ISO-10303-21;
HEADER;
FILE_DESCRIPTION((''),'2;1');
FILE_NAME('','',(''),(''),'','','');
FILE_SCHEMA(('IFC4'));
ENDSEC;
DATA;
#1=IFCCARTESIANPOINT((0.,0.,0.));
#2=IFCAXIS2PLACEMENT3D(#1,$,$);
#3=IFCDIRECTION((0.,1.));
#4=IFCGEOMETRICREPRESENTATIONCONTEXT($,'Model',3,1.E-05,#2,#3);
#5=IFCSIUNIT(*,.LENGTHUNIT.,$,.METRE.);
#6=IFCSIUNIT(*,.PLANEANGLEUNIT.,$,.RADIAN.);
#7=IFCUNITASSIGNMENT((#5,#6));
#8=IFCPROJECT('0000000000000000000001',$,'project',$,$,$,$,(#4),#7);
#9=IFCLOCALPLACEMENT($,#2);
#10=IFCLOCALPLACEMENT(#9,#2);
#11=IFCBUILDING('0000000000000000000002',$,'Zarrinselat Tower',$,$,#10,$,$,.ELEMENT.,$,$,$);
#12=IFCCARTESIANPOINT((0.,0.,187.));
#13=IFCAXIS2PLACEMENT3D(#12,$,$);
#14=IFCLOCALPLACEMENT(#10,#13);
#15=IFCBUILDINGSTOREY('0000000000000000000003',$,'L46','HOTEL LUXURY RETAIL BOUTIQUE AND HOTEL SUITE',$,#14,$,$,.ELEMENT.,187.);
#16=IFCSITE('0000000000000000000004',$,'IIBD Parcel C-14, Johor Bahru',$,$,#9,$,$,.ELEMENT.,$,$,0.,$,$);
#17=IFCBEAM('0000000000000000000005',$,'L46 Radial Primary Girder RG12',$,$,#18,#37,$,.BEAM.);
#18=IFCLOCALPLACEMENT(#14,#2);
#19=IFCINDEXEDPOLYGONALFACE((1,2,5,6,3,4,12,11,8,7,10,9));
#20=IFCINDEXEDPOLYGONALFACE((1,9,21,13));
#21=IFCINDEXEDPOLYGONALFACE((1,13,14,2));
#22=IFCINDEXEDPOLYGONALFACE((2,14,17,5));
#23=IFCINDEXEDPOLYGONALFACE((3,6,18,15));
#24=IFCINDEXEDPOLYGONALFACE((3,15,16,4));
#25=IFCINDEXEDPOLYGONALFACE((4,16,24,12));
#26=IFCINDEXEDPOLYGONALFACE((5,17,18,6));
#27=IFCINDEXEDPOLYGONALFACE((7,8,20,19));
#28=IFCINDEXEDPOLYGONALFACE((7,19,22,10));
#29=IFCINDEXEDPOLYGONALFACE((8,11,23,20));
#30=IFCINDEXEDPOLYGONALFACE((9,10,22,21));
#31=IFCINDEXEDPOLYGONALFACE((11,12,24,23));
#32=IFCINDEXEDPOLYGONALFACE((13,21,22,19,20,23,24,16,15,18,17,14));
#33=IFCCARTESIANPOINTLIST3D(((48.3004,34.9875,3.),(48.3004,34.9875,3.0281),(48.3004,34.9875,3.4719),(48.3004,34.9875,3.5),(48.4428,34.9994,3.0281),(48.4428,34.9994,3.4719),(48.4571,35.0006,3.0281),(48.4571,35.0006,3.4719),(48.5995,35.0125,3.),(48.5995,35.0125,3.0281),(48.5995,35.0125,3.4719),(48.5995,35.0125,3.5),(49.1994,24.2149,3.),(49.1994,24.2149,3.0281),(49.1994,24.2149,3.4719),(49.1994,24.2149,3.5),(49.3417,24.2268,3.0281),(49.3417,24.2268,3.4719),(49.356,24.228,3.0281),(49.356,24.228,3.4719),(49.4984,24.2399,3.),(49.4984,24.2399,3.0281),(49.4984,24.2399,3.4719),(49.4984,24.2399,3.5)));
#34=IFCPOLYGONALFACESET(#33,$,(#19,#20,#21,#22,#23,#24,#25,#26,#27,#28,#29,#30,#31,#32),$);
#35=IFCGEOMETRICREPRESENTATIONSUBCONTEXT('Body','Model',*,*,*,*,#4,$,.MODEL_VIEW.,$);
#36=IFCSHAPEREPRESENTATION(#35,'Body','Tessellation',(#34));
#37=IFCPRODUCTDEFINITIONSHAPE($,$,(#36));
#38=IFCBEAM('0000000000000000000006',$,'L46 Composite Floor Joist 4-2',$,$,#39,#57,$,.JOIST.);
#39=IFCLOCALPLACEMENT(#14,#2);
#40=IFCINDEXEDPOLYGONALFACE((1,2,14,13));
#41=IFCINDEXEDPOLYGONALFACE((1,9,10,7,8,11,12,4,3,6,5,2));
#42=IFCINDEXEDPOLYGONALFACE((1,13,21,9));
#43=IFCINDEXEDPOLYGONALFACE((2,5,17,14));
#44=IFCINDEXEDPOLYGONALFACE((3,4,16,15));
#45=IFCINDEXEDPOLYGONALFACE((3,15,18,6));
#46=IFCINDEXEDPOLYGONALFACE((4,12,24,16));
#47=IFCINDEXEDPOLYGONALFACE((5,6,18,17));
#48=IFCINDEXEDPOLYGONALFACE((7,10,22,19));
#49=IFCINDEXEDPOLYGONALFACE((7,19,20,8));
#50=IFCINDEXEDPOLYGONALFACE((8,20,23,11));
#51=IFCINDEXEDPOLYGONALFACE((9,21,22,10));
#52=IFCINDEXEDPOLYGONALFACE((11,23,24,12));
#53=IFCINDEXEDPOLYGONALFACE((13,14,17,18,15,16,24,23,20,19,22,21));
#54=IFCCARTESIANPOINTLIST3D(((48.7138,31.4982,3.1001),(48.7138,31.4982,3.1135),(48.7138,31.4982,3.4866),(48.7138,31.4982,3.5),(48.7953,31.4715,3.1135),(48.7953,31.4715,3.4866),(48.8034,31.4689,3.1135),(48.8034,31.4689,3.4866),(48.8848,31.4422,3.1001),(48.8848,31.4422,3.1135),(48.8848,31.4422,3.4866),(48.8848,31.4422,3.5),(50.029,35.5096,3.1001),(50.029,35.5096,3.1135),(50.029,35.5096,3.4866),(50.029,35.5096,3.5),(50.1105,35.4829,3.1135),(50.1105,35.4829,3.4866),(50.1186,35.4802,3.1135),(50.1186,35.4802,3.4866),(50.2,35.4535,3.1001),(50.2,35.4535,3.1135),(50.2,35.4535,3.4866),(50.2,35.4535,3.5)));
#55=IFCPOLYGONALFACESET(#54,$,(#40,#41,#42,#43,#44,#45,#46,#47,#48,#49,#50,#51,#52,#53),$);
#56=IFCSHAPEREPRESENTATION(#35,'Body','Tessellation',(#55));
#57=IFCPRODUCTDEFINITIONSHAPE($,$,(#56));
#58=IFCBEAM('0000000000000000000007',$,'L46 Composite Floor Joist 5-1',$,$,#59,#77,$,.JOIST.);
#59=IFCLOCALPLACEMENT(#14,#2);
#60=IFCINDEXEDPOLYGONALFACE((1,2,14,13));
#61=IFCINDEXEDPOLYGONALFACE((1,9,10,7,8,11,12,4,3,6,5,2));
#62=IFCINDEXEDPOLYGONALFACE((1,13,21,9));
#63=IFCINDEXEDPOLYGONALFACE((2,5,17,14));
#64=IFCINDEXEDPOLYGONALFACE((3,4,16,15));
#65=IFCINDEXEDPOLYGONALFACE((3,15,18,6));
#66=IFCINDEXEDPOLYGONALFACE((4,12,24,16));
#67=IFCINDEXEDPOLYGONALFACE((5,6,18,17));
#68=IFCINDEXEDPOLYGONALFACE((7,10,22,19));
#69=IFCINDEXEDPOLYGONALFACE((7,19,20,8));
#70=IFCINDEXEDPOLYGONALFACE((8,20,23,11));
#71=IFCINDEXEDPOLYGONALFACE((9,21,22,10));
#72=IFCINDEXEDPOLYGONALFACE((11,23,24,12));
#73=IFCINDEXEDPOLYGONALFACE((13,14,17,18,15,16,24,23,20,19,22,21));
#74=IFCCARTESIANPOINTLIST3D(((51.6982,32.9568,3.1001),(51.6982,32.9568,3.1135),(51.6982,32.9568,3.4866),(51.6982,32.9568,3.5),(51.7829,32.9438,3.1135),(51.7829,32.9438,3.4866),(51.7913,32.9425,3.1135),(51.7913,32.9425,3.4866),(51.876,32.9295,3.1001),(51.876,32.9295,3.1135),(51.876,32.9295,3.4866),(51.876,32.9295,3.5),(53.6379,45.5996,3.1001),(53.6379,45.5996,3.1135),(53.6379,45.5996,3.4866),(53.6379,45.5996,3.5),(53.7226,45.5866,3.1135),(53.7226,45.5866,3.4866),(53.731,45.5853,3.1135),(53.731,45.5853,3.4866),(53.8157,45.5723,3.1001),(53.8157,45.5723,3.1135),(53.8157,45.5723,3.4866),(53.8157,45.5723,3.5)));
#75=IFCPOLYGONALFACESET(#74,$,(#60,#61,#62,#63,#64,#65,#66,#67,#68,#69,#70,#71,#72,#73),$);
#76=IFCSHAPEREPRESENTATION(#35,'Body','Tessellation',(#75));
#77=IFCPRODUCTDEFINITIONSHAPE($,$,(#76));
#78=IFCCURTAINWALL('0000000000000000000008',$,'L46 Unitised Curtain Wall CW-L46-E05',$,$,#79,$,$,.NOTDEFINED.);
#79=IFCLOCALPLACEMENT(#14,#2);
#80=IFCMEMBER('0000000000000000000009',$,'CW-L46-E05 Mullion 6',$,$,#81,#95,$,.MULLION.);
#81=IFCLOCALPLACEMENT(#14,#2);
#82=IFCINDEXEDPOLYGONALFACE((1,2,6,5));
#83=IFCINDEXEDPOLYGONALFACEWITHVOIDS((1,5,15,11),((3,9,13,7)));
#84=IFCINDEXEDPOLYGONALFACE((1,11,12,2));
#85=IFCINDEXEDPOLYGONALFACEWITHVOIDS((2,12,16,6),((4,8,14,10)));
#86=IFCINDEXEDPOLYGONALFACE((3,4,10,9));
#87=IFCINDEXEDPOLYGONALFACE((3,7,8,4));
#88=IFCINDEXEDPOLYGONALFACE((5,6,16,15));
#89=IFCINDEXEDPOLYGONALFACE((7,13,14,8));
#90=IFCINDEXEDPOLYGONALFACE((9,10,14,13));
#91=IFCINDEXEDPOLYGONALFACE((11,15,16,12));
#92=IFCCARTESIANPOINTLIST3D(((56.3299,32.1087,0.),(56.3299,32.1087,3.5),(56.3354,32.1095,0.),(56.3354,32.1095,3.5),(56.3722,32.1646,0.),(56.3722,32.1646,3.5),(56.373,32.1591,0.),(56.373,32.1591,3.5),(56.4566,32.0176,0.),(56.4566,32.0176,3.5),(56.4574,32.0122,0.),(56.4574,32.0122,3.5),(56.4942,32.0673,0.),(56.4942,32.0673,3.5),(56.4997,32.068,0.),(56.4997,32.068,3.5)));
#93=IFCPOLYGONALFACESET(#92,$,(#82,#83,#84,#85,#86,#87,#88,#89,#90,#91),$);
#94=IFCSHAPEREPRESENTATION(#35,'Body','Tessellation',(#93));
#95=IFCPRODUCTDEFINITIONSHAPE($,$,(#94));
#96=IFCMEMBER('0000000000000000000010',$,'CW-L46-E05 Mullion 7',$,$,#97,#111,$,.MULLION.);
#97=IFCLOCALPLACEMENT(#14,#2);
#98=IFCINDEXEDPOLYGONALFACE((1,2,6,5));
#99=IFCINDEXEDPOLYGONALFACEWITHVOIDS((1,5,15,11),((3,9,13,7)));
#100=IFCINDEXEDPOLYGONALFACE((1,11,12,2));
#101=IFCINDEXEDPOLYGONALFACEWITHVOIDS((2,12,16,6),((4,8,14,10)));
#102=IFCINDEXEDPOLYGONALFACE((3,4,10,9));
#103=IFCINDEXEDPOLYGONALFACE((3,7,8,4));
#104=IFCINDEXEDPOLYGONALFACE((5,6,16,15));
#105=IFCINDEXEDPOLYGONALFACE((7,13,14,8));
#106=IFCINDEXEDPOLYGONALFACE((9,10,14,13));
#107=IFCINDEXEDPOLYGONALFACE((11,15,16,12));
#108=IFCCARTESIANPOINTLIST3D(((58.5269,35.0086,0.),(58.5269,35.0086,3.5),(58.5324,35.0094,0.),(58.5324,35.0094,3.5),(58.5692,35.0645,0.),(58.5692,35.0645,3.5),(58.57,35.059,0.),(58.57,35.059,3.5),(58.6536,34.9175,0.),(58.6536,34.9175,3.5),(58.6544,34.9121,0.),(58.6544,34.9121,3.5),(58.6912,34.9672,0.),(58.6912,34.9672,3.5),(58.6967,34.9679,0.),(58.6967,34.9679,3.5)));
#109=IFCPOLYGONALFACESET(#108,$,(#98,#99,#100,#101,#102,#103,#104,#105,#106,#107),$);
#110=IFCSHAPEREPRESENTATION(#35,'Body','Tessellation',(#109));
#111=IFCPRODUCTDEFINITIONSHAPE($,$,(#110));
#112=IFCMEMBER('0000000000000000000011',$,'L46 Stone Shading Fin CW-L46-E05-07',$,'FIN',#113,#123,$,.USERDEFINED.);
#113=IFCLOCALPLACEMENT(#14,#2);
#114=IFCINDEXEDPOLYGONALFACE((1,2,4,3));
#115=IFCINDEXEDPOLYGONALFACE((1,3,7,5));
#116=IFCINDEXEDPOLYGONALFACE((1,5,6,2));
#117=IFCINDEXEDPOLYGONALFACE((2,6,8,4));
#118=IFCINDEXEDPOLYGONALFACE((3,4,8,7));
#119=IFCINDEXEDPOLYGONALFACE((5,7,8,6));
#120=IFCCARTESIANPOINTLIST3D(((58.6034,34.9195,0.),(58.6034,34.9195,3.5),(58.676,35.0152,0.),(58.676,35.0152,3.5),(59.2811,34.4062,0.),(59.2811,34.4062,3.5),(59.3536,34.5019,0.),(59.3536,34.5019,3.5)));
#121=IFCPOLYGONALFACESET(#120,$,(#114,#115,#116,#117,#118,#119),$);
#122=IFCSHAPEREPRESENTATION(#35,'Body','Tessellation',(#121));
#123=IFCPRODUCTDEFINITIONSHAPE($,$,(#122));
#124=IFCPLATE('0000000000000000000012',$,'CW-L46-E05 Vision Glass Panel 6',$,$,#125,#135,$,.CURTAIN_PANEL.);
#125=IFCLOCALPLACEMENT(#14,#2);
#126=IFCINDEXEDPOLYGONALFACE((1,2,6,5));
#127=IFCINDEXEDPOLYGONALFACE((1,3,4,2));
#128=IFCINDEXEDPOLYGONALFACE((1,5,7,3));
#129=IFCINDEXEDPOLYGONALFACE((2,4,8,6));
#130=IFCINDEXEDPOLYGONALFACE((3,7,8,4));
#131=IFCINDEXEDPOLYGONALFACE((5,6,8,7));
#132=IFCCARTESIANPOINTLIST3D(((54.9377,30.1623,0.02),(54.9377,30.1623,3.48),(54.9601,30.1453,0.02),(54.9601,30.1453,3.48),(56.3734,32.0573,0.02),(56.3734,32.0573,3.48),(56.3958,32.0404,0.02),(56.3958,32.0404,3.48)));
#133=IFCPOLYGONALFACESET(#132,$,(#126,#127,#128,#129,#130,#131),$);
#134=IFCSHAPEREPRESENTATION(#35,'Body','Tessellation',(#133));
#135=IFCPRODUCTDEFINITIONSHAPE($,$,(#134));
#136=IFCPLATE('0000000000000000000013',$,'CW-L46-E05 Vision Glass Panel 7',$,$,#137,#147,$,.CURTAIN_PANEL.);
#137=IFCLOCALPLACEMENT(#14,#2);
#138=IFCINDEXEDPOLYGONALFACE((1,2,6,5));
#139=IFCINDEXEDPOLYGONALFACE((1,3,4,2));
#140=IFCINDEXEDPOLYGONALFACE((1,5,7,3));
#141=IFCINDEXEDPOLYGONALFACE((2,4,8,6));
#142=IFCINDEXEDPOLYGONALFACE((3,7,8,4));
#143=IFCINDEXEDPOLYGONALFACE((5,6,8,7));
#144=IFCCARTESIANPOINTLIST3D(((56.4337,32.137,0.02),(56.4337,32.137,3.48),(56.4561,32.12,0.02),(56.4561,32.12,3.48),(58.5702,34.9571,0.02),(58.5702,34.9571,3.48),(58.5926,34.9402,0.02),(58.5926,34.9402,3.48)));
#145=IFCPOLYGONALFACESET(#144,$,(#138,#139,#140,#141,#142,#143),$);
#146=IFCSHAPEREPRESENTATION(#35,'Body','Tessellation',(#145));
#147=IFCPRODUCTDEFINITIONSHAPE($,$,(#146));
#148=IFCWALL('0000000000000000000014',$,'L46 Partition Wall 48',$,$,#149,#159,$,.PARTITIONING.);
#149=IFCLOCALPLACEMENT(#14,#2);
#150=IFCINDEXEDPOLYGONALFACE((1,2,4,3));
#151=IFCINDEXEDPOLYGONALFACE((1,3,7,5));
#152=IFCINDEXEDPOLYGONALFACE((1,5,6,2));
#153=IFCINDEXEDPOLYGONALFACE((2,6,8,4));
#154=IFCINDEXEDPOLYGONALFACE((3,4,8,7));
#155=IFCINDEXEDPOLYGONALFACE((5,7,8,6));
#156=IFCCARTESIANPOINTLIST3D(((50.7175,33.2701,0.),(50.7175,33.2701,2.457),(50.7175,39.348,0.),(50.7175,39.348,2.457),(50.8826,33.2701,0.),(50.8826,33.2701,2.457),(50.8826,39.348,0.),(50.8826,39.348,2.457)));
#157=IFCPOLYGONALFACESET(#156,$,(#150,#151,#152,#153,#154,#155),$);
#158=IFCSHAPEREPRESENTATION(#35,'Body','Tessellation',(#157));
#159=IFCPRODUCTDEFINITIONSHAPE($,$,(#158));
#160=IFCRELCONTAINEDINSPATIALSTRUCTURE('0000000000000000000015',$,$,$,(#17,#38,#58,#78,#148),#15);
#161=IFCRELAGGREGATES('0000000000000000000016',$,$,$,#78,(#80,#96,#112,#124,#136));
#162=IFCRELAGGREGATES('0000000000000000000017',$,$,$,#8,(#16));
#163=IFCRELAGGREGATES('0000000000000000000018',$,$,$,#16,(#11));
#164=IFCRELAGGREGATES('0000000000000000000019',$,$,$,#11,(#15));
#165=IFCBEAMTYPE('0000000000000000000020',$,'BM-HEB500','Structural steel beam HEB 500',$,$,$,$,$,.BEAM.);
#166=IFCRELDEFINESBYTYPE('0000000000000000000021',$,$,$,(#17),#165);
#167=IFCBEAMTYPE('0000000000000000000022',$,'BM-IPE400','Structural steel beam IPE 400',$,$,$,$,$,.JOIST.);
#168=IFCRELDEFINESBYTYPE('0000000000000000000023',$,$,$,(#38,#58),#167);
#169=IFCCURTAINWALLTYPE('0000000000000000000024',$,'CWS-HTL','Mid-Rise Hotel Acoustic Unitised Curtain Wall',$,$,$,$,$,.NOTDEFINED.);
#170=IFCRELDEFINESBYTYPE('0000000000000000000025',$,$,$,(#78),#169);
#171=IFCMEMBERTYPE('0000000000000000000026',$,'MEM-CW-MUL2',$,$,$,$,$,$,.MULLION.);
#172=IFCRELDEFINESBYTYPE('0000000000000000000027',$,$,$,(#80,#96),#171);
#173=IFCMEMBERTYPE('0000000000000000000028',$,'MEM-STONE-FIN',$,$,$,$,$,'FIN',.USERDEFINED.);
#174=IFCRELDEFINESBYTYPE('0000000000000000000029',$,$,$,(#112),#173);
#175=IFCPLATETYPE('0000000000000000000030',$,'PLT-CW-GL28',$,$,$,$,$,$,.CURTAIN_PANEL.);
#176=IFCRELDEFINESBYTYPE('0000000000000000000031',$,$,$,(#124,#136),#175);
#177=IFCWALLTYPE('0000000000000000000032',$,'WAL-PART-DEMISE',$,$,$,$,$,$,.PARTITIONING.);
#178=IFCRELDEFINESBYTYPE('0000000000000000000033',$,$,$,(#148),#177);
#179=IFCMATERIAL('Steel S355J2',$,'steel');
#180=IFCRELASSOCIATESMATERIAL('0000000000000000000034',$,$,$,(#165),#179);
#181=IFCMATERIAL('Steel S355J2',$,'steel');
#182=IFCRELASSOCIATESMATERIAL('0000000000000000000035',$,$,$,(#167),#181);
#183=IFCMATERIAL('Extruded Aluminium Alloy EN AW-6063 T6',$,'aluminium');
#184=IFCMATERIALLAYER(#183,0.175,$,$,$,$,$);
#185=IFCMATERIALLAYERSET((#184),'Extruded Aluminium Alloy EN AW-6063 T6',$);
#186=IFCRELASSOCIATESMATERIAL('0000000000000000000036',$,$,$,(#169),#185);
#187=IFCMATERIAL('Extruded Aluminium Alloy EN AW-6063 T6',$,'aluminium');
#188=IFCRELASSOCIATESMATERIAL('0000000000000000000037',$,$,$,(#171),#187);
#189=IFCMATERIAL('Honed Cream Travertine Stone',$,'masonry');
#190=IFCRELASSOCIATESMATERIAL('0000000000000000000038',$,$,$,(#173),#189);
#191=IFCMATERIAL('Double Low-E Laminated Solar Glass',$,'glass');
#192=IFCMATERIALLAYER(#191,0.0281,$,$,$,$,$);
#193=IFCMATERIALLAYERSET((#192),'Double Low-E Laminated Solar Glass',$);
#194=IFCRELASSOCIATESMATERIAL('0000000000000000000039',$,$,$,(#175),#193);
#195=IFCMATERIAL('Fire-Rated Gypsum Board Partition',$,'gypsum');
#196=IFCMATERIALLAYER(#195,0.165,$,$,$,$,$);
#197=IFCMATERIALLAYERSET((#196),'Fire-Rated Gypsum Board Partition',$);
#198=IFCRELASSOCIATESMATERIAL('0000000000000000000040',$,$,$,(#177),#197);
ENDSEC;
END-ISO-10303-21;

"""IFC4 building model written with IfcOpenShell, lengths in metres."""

from ifc_helpers import new_model, si_unit, direction, frame, frame_2d, origin, origin_2d, place, context, subcontext, project, spatial, rectangle, hollow_rectangle, i_section, extrude, material, layer, layer_set, material_profile, profile_set, type_object, element, aggregate, save


model = new_model("IFC4")

# Units and contexts
model_context = context("Model", 3, precision=1e-05, world=origin(), true_north=direction((0.0, 1.0)))
body_context = subcontext(model_context, "Body", "Model", "MODEL_VIEW")
ifc_project = project(units=[si_unit("LENGTHUNIT", "METRE"), si_unit("PLANEANGLEUNIT", "RADIAN")], contexts=[model_context])

# Site, building, storey
site_placement = place(None, origin())
site = spatial("IfcSite", under=ifc_project, at=site_placement, Name="IIBD Parcel C-14, Johor Bahru", CompositionType="ELEMENT", RefElevation=0.0)
building_placement = place(site_placement, origin())
building = spatial("IfcBuilding", under=site, at=building_placement, Name="Zarrinselat Tower", CompositionType="ELEMENT")
storey_placement = place(building_placement, frame((0.0, 0.0, 187.0)))
storey = spatial("IfcBuildingStorey", under=building, at=storey_placement, Name="L46", Description="HOTEL LUXURY RETAIL BOUTIQUE AND HOTEL SUITE", CompositionType="ELEMENT", Elevation=187.0)

# Beams
ifc_material_1 = material(Name="Steel S355J2", Category="steel")
ifc_material_profile_1 = material_profile(ifc_material_1, i_section(OverallWidth=0.3, OverallDepth=0.5, WebThickness=0.0144, FlangeThickness=0.0281, at=origin_2d()), Name="HEB 500")
ifc_profile_set_1 = profile_set([ifc_material_profile_1], Name="Steel S355J2")
beam_type_1 = type_object("IfcBeamType", Name="BM-HEB500", Description="Structural steel beam HEB 500", PredefinedType="BEAM", material=ifc_profile_set_1)
beam_1_placement = place(storey_placement, frame((48.45, 35.0, 3.25), z_axis=(0.083156, -0.996537, 0.0), x_axis=(0.996537, 0.083156, 0.0)))
element("IfcBeam", 1, at=beam_1_placement, inside=storey, type_object=beam_type_1, Name="L46 Radial Primary Girder RG12", PredefinedType="BEAM", context=body_context, shape_type="SweptSolid", body=[
    extrude(i_section(OverallWidth=0.3, OverallDepth=0.5, WebThickness=0.0144, FlangeThickness=0.0281, at=origin_2d()), origin(), (0.0, 0.0, 1.0), 10.8101),
])
ifc_material_2 = material(Name="Steel S355J2", Category="steel")
ifc_material_profile_2 = material_profile(ifc_material_2, i_section(OverallWidth=0.1799, OverallDepth=0.3999, WebThickness=0.0085, FlangeThickness=0.0134, at=origin_2d()), Name="IPE 400")
ifc_profile_set_2 = profile_set([ifc_material_profile_2], Name="Steel S355J2")
beam_type_2 = type_object("IfcBeamType", Name="BM-IPE400", Description="Structural steel beam IPE 400", PredefinedType="JOIST", material=ifc_profile_set_2)
beam_2_placement = place(storey_placement, frame((48.7993, 31.4702, 3.3), z_axis=(0.311557, 0.950228, 0.0), x_axis=(-0.950228, 0.311557, 0.0)))
element("IfcBeam", 2, at=beam_2_placement, inside=storey, type_object=beam_type_2, Name="L46 Composite Floor Joist 4-2", PredefinedType="JOIST", context=body_context, shape_type="SweptSolid", body=[
    extrude(i_section(OverallWidth=0.1799, OverallDepth=0.3999, WebThickness=0.0085, FlangeThickness=0.0134, at=origin_2d()), origin(), (0.0, 0.0, 1.0), 4.2214),
])
beam_3_placement = place(storey_placement, frame((51.7871, 32.9431, 3.3), z_axis=(0.151648, 0.988435, 0.0), x_axis=(-0.988435, 0.151648, 0.0)))
element("IfcBeam", 3, at=beam_3_placement, inside=storey, type_object=beam_type_2, Name="L46 Composite Floor Joist 5-1", PredefinedType="JOIST", context=body_context, shape_type="SweptSolid", body=[
    extrude(i_section(OverallWidth=0.1799, OverallDepth=0.3999, WebThickness=0.0085, FlangeThickness=0.0134, at=origin_2d()), origin(), (0.0, 0.0, 1.0), 12.7908),
])

# Curtain wall, members, plates
ifc_material_3 = material(Name="Extruded Aluminium Alloy EN AW-6063 T6", Category="aluminium")
ifc_layer_1 = layer(ifc_material_3, 0.175)
ifc_layer_set_1 = layer_set([ifc_layer_1], Name="Extruded Aluminium Alloy EN AW-6063 T6")
curtain_wall_type = type_object("IfcCurtainWallType", Name="CWS-HTL", Description="Mid-Rise Hotel Acoustic Unitised Curtain Wall", PredefinedType="NOTDEFINED", material=ifc_layer_set_1)
curtain_wall_placement = place(storey_placement, origin())
curtain_wall = element("IfcCurtainWall", 4, at=curtain_wall_placement, inside=storey, type_object=curtain_wall_type, Name="L46 Unitised Curtain Wall CW-L46-E05", PredefinedType="NOTDEFINED")
ifc_material_4 = material(Name="Extruded Aluminium Alloy EN AW-6063 T6", Category="aluminium")
ifc_material_profile_3 = material_profile(ifc_material_4, hollow_rectangle(XDim=0.0701, YDim=0.1599, WallThickness=0.0039, at=origin_2d()), Name="RHS 160x70x4")
ifc_profile_set_3 = profile_set([ifc_material_profile_3], Name="Extruded Aluminium Alloy EN AW-6063 T6")
member_type_1 = type_object("IfcMemberType", Name="MEM-CW-MUL2", PredefinedType="MULLION", material=ifc_profile_set_3)
member_1_placement = place(storey_placement, frame((56.4148, 32.0884, 0.0), z_axis=(0.0, 0.0, 1.0), x_axis=(0.603857, 0.797093, 0.0)))
member_1 = element("IfcMember", 5, at=member_1_placement, type_object=member_type_1, Name="CW-L46-E05 Mullion 6", PredefinedType="MULLION", context=body_context, shape_type="SweptSolid", body=[
    extrude(hollow_rectangle(XDim=0.0701, YDim=0.1599, WallThickness=0.0039, at=origin_2d()), origin(), (0.0, 0.0, 1.0), 3.5),
])
member_2_placement = place(storey_placement, frame((58.6118, 34.9883, 0.0), z_axis=(0.0, 0.0, 1.0), x_axis=(0.603857, 0.797093, 0.0)))
member_2 = element("IfcMember", 6, at=member_2_placement, type_object=member_type_1, Name="CW-L46-E05 Mullion 7", PredefinedType="MULLION", context=body_context, shape_type="SweptSolid", body=[
    extrude(hollow_rectangle(XDim=0.0701, YDim=0.1599, WallThickness=0.0039, at=origin_2d()), origin(), (0.0, 0.0, 1.0), 3.5),
])
ifc_material_5 = material(Name="Honed Cream Travertine Stone", Category="masonry")
ifc_material_profile_4 = material_profile(ifc_material_5, rectangle(XDim=0.1201, YDim=0.8501, at=origin_2d()), Name="FIN 850x120")
ifc_profile_set_4 = profile_set([ifc_material_profile_4], Name="Honed Cream Travertine Stone")
member_type_2 = type_object("IfcMemberType", Name="MEM-STONE-FIN", ElementType="FIN", PredefinedType="USERDEFINED", material=ifc_profile_set_4)
member_3_placement = place(storey_placement, frame((58.9785, 34.7107, 0.0), z_axis=(0.0, 0.0, 1.0), x_axis=(-0.603857, -0.797093, 0.0)))
member_3 = element("IfcMember", 7, at=member_3_placement, type_object=member_type_2, Name="L46 Stone Shading Fin CW-L46-E05-07", ObjectType="FIN", PredefinedType="USERDEFINED", context=body_context, shape_type="SweptSolid", body=[
    extrude(rectangle(XDim=0.1201, YDim=0.8501, at=origin_2d()), origin(), (0.0, 0.0, 1.0), 3.5),
])
ifc_material_6 = material(Name="Double Low-E Laminated Solar Glass", Category="glass")
ifc_layer_2 = layer(ifc_material_6, 0.0281)
ifc_layer_set_2 = layer_set([ifc_layer_2], Name="Double Low-E Laminated Solar Glass")
plate_type = type_object("IfcPlateType", Name="PLT-CW-GL28", PredefinedType="CURTAIN_PANEL", material=ifc_layer_set_2)
plate_1_placement = place(storey_placement, frame((55.6667, 31.1013, 0.02), z_axis=(0.0, 0.0, 1.0), x_axis=(0.603857, 0.797093, 0.0)))
plate_1 = element("IfcPlate", 8, at=plate_1_placement, type_object=plate_type, Name="CW-L46-E05 Vision Glass Panel 6", PredefinedType="CURTAIN_PANEL", context=body_context, shape_type="SweptSolid", body=[
    extrude(rectangle(XDim=2.3774, YDim=0.0281, at=origin_2d()), origin(), (0.0, 0.0, 1.0), 3.46),
])
plate_2_placement = place(storey_placement, frame((57.5132, 33.5386, 0.02), z_axis=(0.0, 0.0, 1.0), x_axis=(0.603857, 0.797093, 0.0)))
plate_2 = element("IfcPlate", 9, at=plate_2_placement, type_object=plate_type, Name="CW-L46-E05 Vision Glass Panel 7", PredefinedType="CURTAIN_PANEL", context=body_context, shape_type="SweptSolid", body=[
    extrude(rectangle(XDim=3.5381, YDim=0.0281, at=origin_2d()), origin(), (0.0, 0.0, 1.0), 3.46),
])
aggregate(curtain_wall, [member_1, member_2, member_3, plate_1, plate_2])

# Wall
ifc_material_7 = material(Name="Fire-Rated Gypsum Board Partition", Category="gypsum")
ifc_layer_3 = layer(ifc_material_7, 0.165)
ifc_layer_set_3 = layer_set([ifc_layer_3], Name="Fire-Rated Gypsum Board Partition")
wall_type_1 = type_object("IfcWallType", Name="WAL-PART-DEMISE", PredefinedType="PARTITIONING", material=ifc_layer_set_3)
wall_1_placement = place(storey_placement, frame((50.8, 33.27, 0.0), z_axis=(0.0, 0.0, 1.0), x_axis=(0.0, 1.0, 0.0)))
element("IfcWall", 10, at=wall_1_placement, inside=storey, type_object=wall_type_1, Name="L46 Partition Wall 48", PredefinedType="PARTITIONING", context=body_context, shape_type="SweptSolid", body=[
    extrude(rectangle(XDim=6.0779, YDim=0.165, at=frame_2d((3.0391, 0.0))), origin(), (0.0, 0.0, 1.0), 2.457),
])

save(model, "model.ifc")
